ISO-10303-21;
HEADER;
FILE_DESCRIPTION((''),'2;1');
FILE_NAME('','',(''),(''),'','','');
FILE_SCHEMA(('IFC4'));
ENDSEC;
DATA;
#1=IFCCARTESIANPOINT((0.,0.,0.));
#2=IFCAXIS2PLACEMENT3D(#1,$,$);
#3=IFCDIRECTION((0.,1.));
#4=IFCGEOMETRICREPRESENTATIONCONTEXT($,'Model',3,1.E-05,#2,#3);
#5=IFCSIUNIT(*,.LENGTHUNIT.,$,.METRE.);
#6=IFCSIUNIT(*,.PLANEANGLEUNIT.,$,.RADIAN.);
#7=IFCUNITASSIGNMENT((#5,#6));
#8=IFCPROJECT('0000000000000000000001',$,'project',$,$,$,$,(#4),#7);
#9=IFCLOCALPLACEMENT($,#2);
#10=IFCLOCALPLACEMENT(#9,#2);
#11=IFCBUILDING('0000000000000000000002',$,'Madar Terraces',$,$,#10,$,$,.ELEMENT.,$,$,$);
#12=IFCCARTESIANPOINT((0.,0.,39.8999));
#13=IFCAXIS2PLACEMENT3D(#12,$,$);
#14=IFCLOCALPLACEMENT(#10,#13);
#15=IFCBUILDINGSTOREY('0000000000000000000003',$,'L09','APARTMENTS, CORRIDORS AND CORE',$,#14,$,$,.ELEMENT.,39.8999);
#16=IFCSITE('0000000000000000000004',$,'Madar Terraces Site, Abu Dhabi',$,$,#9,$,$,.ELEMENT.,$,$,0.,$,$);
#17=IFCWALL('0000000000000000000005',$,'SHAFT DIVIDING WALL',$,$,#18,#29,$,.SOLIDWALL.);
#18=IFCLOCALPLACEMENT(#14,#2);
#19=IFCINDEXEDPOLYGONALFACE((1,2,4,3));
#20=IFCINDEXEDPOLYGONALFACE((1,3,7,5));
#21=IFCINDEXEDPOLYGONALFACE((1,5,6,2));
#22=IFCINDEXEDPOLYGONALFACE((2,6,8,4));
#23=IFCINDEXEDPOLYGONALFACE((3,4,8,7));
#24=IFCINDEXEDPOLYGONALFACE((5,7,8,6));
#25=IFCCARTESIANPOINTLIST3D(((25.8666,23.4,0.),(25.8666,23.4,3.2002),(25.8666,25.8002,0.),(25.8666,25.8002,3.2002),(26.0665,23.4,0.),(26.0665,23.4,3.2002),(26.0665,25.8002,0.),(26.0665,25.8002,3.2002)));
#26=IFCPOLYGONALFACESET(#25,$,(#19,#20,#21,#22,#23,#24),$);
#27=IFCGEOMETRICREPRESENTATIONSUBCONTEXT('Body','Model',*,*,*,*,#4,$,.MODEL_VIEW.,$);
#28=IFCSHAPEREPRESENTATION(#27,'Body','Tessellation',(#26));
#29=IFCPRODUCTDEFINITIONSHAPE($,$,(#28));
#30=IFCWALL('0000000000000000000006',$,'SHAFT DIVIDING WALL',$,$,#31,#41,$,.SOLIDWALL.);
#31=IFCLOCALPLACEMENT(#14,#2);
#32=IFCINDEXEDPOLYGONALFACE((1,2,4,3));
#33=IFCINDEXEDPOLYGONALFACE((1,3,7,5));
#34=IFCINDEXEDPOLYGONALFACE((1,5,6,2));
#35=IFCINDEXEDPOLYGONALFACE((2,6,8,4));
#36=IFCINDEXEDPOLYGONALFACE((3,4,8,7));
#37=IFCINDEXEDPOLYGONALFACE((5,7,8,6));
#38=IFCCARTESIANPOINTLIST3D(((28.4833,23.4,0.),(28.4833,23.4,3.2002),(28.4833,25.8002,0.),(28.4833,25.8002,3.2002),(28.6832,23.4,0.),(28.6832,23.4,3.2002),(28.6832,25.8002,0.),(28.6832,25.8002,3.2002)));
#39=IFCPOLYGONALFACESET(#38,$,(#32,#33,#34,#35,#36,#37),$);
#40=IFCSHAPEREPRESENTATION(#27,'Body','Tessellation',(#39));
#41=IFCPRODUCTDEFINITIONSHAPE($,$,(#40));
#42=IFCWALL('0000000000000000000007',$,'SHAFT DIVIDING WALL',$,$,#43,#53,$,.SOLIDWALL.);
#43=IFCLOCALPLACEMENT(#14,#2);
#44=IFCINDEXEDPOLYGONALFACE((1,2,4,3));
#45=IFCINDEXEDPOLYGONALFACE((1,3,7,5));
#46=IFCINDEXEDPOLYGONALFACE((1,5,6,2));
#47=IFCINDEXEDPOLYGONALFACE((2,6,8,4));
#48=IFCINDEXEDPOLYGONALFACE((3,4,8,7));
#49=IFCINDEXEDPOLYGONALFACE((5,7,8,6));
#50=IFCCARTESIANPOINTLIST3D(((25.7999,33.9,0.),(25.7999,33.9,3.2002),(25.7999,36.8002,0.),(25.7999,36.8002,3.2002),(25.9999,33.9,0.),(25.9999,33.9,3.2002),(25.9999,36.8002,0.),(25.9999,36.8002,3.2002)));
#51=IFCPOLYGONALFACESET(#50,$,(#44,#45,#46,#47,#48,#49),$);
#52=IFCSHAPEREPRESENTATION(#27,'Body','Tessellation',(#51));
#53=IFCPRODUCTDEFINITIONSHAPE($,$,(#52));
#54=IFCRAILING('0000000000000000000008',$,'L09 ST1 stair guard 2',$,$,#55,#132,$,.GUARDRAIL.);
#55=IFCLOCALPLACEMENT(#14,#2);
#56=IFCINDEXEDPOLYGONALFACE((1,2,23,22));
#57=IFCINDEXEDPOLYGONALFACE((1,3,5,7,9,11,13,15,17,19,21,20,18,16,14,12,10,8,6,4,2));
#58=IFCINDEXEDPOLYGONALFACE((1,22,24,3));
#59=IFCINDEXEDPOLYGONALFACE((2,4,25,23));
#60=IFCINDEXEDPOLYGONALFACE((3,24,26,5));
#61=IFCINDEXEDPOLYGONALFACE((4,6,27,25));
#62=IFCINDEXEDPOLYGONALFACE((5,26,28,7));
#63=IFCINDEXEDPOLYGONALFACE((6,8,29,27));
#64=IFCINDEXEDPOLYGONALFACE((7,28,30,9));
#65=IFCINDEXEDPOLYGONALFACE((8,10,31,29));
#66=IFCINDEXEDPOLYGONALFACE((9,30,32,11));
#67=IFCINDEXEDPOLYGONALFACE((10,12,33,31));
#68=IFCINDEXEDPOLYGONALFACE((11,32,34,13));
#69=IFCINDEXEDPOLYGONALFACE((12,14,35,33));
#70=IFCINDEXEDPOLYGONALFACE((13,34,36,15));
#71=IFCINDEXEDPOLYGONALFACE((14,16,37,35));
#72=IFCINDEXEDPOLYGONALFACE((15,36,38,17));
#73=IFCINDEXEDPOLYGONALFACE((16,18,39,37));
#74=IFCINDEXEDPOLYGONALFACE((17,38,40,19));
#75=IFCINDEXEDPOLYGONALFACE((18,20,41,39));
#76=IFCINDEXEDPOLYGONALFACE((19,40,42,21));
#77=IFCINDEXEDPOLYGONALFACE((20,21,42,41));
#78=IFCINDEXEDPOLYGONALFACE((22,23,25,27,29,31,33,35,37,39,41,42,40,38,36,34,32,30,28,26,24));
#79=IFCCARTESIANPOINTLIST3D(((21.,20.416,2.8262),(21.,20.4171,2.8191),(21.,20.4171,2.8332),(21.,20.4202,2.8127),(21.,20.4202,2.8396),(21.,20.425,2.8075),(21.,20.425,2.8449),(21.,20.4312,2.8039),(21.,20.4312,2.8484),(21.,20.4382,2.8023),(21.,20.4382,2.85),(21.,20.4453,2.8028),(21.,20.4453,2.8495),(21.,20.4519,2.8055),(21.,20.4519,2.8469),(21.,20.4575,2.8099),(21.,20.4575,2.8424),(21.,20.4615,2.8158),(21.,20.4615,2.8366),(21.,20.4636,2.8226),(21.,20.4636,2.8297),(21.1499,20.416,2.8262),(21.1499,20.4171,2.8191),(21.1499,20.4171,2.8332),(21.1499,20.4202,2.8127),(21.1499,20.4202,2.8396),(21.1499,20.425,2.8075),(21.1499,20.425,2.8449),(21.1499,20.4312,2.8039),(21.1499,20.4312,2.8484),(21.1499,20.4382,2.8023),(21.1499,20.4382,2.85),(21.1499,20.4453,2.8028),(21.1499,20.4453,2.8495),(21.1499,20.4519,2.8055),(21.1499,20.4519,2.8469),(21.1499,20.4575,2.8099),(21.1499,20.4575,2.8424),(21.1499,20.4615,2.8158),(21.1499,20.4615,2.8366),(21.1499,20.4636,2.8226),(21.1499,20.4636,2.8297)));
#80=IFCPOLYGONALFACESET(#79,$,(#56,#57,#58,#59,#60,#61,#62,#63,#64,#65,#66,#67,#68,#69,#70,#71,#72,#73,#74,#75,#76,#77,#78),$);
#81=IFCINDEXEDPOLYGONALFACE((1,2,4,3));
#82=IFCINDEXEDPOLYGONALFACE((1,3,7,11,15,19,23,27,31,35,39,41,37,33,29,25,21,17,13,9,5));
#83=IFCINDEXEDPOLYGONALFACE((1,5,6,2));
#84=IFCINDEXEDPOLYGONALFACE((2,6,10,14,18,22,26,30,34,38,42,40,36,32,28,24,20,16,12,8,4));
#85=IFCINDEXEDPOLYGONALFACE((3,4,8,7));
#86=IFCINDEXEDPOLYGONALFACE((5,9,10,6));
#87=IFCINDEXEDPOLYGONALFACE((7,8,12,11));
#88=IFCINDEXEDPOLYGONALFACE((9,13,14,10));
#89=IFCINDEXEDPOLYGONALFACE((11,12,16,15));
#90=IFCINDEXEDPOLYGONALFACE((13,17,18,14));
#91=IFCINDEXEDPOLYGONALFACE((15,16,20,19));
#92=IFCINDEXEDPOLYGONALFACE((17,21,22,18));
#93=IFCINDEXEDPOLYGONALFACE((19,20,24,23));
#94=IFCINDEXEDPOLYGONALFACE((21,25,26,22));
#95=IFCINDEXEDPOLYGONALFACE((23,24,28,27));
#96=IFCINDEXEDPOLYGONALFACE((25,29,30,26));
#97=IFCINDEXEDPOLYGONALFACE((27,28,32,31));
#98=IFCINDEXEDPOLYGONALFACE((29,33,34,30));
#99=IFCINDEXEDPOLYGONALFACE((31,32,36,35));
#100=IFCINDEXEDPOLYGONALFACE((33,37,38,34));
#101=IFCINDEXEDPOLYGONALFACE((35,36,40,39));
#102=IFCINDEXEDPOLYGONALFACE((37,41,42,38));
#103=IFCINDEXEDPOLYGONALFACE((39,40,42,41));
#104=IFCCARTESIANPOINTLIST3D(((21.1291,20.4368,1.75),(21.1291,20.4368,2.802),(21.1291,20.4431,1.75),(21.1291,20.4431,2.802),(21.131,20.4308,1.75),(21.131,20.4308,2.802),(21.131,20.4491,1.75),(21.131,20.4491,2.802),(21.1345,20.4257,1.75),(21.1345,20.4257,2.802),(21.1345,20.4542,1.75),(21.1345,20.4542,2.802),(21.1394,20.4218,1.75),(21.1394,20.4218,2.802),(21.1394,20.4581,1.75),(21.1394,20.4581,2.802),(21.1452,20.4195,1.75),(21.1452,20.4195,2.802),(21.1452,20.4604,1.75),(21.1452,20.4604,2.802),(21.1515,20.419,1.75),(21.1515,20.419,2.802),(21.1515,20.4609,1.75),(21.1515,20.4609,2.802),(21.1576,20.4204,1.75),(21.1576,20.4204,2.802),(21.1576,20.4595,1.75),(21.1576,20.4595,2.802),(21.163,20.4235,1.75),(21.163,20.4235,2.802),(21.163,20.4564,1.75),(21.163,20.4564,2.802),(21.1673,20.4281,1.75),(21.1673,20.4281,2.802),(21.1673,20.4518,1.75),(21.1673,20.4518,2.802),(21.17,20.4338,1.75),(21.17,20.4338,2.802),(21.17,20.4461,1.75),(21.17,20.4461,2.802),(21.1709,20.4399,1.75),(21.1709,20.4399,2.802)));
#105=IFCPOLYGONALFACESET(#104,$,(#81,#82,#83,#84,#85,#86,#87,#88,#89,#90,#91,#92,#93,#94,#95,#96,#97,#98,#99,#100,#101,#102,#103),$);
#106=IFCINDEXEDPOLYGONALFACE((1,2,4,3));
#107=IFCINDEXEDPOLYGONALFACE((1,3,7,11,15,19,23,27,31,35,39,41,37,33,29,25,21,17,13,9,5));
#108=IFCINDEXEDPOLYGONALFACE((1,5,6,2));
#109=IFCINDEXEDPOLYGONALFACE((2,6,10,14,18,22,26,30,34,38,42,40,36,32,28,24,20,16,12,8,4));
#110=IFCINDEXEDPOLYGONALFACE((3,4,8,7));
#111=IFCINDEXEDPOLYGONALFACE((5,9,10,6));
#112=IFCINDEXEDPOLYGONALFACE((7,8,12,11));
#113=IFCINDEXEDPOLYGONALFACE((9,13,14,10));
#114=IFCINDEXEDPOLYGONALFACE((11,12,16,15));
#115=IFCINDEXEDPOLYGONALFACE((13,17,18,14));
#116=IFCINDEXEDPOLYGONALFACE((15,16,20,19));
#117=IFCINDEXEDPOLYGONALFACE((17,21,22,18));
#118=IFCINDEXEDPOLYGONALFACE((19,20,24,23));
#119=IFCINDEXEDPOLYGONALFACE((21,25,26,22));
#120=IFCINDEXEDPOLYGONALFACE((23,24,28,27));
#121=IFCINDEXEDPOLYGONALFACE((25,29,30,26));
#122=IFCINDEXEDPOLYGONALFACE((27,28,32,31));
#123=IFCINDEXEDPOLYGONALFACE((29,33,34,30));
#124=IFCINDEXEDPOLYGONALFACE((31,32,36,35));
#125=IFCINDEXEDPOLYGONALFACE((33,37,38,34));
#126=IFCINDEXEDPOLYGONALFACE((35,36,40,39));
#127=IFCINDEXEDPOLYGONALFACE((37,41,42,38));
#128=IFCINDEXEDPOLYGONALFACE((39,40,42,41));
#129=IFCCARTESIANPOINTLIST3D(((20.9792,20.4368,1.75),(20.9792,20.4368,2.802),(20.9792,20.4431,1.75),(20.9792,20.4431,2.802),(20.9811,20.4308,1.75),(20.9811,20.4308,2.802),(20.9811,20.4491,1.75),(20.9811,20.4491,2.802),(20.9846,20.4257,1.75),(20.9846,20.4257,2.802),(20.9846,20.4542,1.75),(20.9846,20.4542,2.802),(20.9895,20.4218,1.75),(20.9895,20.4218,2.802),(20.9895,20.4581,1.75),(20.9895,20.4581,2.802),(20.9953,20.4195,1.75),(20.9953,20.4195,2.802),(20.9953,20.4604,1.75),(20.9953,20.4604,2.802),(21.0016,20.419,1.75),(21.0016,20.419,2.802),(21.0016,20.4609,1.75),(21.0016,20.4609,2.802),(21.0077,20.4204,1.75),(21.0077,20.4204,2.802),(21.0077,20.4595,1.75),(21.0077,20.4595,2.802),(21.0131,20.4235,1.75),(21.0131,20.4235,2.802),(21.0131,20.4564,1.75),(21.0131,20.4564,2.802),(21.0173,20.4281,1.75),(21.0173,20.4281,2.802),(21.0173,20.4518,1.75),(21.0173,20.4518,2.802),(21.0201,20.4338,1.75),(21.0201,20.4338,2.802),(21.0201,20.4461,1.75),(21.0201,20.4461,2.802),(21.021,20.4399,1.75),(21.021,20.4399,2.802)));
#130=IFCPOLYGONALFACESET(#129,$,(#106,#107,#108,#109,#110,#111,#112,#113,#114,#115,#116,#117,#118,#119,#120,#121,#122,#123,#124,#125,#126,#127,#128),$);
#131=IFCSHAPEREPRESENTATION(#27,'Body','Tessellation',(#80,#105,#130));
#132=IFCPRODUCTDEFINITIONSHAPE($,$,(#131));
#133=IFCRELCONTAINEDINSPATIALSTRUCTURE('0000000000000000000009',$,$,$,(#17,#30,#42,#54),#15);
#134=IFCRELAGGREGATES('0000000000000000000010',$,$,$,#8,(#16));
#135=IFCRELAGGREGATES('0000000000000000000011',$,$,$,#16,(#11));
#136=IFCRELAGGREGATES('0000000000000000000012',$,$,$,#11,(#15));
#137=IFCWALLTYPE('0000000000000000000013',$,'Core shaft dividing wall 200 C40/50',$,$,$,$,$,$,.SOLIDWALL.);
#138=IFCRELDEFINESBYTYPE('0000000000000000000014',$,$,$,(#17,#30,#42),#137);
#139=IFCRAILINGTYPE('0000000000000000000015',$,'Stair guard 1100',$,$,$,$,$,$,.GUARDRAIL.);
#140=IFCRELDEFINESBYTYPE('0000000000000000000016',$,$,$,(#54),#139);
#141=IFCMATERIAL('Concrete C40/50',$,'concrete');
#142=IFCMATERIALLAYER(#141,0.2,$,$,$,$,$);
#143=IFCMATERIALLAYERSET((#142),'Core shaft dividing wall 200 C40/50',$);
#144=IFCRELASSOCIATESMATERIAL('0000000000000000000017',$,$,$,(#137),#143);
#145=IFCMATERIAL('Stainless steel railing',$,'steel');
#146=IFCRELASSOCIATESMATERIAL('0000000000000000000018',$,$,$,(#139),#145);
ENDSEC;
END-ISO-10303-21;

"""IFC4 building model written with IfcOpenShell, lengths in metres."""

from ifc_helpers import new_model, si_unit, direction, frame, frame_2d, origin, origin_2d, place, context, subcontext, project, spatial, rectangle, circle, extrude, material, layer, layer_set, type_object, element, save


model = new_model("IFC4")

# Units and contexts
model_context = context("Model", 3, precision=1e-05, world=origin(), true_north=direction((0.0, 1.0)))
body_context = subcontext(model_context, "Body", "Model", "MODEL_VIEW")
ifc_project = project(units=[si_unit("LENGTHUNIT", "METRE"), si_unit("PLANEANGLEUNIT", "RADIAN")], contexts=[model_context])

# Site, building, storey
site_placement = place(None, origin())
site = spatial("IfcSite", under=ifc_project, at=site_placement, Name="Madar Terraces Site, Abu Dhabi", CompositionType="ELEMENT", RefElevation=0.0)
building_placement = place(site_placement, origin())
building = spatial("IfcBuilding", under=site, at=building_placement, Name="Madar Terraces", CompositionType="ELEMENT")
storey_placement = place(building_placement, frame((0.0, 0.0, 39.8999)))
storey = spatial("IfcBuildingStorey", under=building, at=storey_placement, Name="L09", Description="APARTMENTS, CORRIDORS AND CORE", CompositionType="ELEMENT", Elevation=39.8999)

# Walls
ifc_material_1 = material(Name="Concrete C40/50", Category="concrete")
ifc_layer_1 = layer(ifc_material_1, 0.2)
ifc_layer_set_1 = layer_set([ifc_layer_1], Name="Core shaft dividing wall 200 C40/50")
wall_type_1 = type_object("IfcWallType", Name="Core shaft dividing wall 200 C40/50", PredefinedType="SOLIDWALL", material=ifc_layer_set_1)
for number, where, z_axis, x_axis, name in (
    (1, (25.9666, 23.3999, 0.0), (0.0, 0.0, 1.0), (0.0, 1.0, 0.0), "SHAFT DIVIDING WALL"),
    (2, (28.5833, 23.3999, 0.0), (0.0, 0.0, 1.0), (0.0, 1.0, 0.0), "SHAFT DIVIDING WALL"),
):
    element("IfcWall", number, at=place(storey_placement, frame(where, z_axis=z_axis, x_axis=x_axis)), inside=storey, type_object=wall_type_1, Name=name, PredefinedType="SOLIDWALL", context=body_context, shape_type="SweptSolid", body=[
        extrude(rectangle(XDim=2.4001, YDim=0.2, at=frame_2d((1.2002, 0.0))), origin(), (0.0, 0.0, 1.0), 3.2002),
    ])
wall_1_placement = place(storey_placement, frame((25.8999, 33.8999, 0.0), z_axis=(0.0, 0.0, 1.0), x_axis=(0.0, 1.0, 0.0)))
element("IfcWall", 3, at=wall_1_placement, inside=storey, type_object=wall_type_1, Name="SHAFT DIVIDING WALL", PredefinedType="SOLIDWALL", context=body_context, shape_type="SweptSolid", body=[
    extrude(rectangle(XDim=2.9001, YDim=0.2, at=frame_2d((1.4502, 0.0))), origin(), (0.0, 0.0, 1.0), 3.2002),
])

# Railing
ifc_material_2 = material(Name="Stainless steel railing", Category="steel")
railing_type = type_object("IfcRailingType", Name="Stair guard 1100", PredefinedType="GUARDRAIL", material=ifc_material_2)
railing_placement = place(storey_placement, frame((21.1499, 20.4399, 1.75)))
element("IfcRailing", 4, at=railing_placement, inside=storey, type_object=railing_type, Name="L09 ST1 stair guard 2", PredefinedType="GUARDRAIL", context=body_context, shape_type="SweptSolid", body=[
    extrude(circle(Radius=0.0239, at=origin_2d()), frame((0.0, 0.0, 1.0762), z_axis=(-1.0, 0.0, 0.0), x_axis=(0.0, -1.0, 0.0)), (0.0, 0.0, 1.0), 0.1499),
    extrude(circle(Radius=0.021, at=origin_2d()), origin(), (0.0, 0.0, 1.0), 1.052),
    extrude(circle(Radius=0.021, at=origin_2d()), frame((-0.1499, 0.0, 0.0)), (0.0, 0.0, 1.0), 1.052),
])

save(model, "model.ifc")
